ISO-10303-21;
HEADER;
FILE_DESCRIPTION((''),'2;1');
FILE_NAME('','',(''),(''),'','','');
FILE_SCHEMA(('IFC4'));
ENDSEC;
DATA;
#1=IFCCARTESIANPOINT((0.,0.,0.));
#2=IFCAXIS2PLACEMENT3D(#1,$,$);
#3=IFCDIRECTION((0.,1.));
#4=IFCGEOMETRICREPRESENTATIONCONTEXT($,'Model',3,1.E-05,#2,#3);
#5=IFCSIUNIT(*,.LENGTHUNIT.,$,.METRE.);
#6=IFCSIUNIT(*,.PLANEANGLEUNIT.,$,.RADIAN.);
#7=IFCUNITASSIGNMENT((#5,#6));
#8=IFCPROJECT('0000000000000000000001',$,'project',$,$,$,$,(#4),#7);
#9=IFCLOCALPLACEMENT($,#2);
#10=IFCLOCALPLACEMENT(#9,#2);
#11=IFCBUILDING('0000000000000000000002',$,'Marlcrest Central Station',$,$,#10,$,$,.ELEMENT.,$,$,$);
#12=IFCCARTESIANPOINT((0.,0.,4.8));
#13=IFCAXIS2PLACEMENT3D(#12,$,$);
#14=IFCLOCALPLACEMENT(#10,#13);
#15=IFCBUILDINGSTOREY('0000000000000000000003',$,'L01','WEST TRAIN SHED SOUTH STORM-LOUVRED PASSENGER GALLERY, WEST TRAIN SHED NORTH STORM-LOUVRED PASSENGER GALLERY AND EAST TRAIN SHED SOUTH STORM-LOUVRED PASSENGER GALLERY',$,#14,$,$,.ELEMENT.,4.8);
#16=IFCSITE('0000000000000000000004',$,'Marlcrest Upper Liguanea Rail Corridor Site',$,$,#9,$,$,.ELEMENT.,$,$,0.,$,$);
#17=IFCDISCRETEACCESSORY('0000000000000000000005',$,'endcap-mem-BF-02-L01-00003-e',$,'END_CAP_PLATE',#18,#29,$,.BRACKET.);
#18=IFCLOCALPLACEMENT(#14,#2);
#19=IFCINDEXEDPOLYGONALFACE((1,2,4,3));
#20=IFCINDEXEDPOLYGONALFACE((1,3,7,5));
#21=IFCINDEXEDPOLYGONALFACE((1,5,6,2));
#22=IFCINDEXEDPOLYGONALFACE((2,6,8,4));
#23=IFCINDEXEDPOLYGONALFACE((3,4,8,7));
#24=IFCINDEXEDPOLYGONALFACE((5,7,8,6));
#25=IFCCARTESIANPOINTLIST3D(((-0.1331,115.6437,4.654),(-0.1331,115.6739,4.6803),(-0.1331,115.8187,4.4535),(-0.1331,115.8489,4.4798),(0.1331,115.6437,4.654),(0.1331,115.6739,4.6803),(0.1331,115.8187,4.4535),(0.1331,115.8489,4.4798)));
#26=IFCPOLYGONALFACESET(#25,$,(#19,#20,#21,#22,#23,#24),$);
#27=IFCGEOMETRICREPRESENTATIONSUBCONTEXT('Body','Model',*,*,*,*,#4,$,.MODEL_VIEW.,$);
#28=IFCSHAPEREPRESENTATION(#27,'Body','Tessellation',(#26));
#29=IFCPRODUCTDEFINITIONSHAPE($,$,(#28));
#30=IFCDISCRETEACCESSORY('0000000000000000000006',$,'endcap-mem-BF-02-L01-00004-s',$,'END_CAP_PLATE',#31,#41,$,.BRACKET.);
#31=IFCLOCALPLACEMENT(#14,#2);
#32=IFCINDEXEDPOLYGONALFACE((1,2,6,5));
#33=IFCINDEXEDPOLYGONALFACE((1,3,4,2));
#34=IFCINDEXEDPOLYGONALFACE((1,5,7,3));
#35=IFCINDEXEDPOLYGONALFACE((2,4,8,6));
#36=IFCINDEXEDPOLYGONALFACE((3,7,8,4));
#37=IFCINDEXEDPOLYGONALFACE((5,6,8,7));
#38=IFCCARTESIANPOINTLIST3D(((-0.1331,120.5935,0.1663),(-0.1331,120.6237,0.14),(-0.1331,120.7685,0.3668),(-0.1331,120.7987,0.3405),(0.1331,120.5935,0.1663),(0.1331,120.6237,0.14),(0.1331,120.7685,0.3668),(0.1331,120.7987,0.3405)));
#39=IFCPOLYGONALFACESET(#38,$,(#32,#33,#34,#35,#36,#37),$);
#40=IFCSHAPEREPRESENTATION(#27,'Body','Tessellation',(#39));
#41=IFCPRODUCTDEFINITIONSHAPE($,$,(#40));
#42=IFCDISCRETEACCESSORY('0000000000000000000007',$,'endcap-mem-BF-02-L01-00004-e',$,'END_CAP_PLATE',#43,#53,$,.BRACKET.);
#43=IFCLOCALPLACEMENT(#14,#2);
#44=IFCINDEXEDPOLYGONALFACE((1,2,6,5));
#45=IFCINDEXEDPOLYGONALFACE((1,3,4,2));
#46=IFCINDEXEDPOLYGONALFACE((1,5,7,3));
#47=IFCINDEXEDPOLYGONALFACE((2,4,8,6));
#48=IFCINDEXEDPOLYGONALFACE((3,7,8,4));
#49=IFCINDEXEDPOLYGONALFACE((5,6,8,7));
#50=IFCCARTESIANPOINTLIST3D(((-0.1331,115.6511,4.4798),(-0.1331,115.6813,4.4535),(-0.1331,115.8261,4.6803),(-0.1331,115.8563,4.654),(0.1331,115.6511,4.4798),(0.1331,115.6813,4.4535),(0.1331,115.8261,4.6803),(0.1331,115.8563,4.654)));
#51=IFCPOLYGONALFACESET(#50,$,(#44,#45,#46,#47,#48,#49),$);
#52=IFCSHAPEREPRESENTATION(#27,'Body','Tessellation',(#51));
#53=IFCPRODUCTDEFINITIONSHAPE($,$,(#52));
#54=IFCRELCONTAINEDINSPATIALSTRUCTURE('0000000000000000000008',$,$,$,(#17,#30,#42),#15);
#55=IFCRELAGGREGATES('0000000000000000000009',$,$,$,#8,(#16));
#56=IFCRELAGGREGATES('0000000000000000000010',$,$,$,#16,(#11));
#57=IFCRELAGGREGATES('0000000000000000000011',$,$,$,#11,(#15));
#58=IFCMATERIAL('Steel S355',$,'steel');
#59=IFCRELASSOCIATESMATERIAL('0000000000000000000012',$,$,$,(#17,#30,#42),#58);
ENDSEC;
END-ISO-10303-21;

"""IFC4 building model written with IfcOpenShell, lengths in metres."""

from ifc_helpers import new_model, si_unit, direction, frame, origin, origin_2d, place, context, subcontext, project, spatial, rectangle, extrude, material, element, save


model = new_model("IFC4")

# Units and contexts
model_context = context("Model", 3, precision=1e-05, world=origin(), true_north=direction((0.0, 1.0)))
body_context = subcontext(model_context, "Body", "Model", "MODEL_VIEW")
ifc_project = project(units=[si_unit("LENGTHUNIT", "METRE"), si_unit("PLANEANGLEUNIT", "RADIAN")], contexts=[model_context])

# Site, building, storey
site_placement = place(None, origin())
site = spatial("IfcSite", under=ifc_project, at=site_placement, Name="Marlcrest Upper Liguanea Rail Corridor Site", CompositionType="ELEMENT", RefElevation=0.0)
building_placement = place(site_placement, origin())
building = spatial("IfcBuilding", under=site, at=building_placement, Name="Marlcrest Central Station", CompositionType="ELEMENT")
storey_placement = place(building_placement, frame((0.0, 0.0, 4.8)))
storey = spatial("IfcBuildingStorey", under=building, at=storey_placement, Name="L01", Description="WEST TRAIN SHED SOUTH STORM-LOUVRED PASSENGER GALLERY, WEST TRAIN SHED NORTH STORM-LOUVRED PASSENGER GALLERY AND EAST TRAIN SHED SOUTH STORM-LOUVRED PASSENGER GALLERY", CompositionType="ELEMENT", Elevation=4.8)

# Shared definitions
ifc_material_1 = material(Name="Steel S355", Category="steel")

# Discrete accessories
for number, where, z_axis, x_axis, name in (
    (1, (0.0, 115.7312, 4.5537), (0.0, 0.753416, 0.657544), (-1.0, 0.0, 0.0), "endcap-mem-BF-02-L01-00003-e"),
    (2, (0.0, 120.7112, 0.2402), (0.0, -0.753416, 0.657544), (1.0, 0.0, 0.0), "endcap-mem-BF-02-L01-00004-s"),
    (3, (0.0, 115.7688, 4.5537), (0.0, -0.753416, 0.657544), (1.0, 0.0, 0.0), "endcap-mem-BF-02-L01-00004-e"),
):
    element("IfcDiscreteAccessory", number, at=place(storey_placement, frame(where, z_axis=z_axis, x_axis=x_axis)), inside=storey, material=ifc_material_1, Name=name, ObjectType="END_CAP_PLATE", PredefinedType="BRACKET", context=body_context, shape_type="SweptSolid", body=[
        extrude(rectangle(XDim=0.2661, YDim=0.2661, at=origin_2d()), origin(), (0.0, 0.0, 1.0), 0.04),
    ])

save(model, "model.ifc")
